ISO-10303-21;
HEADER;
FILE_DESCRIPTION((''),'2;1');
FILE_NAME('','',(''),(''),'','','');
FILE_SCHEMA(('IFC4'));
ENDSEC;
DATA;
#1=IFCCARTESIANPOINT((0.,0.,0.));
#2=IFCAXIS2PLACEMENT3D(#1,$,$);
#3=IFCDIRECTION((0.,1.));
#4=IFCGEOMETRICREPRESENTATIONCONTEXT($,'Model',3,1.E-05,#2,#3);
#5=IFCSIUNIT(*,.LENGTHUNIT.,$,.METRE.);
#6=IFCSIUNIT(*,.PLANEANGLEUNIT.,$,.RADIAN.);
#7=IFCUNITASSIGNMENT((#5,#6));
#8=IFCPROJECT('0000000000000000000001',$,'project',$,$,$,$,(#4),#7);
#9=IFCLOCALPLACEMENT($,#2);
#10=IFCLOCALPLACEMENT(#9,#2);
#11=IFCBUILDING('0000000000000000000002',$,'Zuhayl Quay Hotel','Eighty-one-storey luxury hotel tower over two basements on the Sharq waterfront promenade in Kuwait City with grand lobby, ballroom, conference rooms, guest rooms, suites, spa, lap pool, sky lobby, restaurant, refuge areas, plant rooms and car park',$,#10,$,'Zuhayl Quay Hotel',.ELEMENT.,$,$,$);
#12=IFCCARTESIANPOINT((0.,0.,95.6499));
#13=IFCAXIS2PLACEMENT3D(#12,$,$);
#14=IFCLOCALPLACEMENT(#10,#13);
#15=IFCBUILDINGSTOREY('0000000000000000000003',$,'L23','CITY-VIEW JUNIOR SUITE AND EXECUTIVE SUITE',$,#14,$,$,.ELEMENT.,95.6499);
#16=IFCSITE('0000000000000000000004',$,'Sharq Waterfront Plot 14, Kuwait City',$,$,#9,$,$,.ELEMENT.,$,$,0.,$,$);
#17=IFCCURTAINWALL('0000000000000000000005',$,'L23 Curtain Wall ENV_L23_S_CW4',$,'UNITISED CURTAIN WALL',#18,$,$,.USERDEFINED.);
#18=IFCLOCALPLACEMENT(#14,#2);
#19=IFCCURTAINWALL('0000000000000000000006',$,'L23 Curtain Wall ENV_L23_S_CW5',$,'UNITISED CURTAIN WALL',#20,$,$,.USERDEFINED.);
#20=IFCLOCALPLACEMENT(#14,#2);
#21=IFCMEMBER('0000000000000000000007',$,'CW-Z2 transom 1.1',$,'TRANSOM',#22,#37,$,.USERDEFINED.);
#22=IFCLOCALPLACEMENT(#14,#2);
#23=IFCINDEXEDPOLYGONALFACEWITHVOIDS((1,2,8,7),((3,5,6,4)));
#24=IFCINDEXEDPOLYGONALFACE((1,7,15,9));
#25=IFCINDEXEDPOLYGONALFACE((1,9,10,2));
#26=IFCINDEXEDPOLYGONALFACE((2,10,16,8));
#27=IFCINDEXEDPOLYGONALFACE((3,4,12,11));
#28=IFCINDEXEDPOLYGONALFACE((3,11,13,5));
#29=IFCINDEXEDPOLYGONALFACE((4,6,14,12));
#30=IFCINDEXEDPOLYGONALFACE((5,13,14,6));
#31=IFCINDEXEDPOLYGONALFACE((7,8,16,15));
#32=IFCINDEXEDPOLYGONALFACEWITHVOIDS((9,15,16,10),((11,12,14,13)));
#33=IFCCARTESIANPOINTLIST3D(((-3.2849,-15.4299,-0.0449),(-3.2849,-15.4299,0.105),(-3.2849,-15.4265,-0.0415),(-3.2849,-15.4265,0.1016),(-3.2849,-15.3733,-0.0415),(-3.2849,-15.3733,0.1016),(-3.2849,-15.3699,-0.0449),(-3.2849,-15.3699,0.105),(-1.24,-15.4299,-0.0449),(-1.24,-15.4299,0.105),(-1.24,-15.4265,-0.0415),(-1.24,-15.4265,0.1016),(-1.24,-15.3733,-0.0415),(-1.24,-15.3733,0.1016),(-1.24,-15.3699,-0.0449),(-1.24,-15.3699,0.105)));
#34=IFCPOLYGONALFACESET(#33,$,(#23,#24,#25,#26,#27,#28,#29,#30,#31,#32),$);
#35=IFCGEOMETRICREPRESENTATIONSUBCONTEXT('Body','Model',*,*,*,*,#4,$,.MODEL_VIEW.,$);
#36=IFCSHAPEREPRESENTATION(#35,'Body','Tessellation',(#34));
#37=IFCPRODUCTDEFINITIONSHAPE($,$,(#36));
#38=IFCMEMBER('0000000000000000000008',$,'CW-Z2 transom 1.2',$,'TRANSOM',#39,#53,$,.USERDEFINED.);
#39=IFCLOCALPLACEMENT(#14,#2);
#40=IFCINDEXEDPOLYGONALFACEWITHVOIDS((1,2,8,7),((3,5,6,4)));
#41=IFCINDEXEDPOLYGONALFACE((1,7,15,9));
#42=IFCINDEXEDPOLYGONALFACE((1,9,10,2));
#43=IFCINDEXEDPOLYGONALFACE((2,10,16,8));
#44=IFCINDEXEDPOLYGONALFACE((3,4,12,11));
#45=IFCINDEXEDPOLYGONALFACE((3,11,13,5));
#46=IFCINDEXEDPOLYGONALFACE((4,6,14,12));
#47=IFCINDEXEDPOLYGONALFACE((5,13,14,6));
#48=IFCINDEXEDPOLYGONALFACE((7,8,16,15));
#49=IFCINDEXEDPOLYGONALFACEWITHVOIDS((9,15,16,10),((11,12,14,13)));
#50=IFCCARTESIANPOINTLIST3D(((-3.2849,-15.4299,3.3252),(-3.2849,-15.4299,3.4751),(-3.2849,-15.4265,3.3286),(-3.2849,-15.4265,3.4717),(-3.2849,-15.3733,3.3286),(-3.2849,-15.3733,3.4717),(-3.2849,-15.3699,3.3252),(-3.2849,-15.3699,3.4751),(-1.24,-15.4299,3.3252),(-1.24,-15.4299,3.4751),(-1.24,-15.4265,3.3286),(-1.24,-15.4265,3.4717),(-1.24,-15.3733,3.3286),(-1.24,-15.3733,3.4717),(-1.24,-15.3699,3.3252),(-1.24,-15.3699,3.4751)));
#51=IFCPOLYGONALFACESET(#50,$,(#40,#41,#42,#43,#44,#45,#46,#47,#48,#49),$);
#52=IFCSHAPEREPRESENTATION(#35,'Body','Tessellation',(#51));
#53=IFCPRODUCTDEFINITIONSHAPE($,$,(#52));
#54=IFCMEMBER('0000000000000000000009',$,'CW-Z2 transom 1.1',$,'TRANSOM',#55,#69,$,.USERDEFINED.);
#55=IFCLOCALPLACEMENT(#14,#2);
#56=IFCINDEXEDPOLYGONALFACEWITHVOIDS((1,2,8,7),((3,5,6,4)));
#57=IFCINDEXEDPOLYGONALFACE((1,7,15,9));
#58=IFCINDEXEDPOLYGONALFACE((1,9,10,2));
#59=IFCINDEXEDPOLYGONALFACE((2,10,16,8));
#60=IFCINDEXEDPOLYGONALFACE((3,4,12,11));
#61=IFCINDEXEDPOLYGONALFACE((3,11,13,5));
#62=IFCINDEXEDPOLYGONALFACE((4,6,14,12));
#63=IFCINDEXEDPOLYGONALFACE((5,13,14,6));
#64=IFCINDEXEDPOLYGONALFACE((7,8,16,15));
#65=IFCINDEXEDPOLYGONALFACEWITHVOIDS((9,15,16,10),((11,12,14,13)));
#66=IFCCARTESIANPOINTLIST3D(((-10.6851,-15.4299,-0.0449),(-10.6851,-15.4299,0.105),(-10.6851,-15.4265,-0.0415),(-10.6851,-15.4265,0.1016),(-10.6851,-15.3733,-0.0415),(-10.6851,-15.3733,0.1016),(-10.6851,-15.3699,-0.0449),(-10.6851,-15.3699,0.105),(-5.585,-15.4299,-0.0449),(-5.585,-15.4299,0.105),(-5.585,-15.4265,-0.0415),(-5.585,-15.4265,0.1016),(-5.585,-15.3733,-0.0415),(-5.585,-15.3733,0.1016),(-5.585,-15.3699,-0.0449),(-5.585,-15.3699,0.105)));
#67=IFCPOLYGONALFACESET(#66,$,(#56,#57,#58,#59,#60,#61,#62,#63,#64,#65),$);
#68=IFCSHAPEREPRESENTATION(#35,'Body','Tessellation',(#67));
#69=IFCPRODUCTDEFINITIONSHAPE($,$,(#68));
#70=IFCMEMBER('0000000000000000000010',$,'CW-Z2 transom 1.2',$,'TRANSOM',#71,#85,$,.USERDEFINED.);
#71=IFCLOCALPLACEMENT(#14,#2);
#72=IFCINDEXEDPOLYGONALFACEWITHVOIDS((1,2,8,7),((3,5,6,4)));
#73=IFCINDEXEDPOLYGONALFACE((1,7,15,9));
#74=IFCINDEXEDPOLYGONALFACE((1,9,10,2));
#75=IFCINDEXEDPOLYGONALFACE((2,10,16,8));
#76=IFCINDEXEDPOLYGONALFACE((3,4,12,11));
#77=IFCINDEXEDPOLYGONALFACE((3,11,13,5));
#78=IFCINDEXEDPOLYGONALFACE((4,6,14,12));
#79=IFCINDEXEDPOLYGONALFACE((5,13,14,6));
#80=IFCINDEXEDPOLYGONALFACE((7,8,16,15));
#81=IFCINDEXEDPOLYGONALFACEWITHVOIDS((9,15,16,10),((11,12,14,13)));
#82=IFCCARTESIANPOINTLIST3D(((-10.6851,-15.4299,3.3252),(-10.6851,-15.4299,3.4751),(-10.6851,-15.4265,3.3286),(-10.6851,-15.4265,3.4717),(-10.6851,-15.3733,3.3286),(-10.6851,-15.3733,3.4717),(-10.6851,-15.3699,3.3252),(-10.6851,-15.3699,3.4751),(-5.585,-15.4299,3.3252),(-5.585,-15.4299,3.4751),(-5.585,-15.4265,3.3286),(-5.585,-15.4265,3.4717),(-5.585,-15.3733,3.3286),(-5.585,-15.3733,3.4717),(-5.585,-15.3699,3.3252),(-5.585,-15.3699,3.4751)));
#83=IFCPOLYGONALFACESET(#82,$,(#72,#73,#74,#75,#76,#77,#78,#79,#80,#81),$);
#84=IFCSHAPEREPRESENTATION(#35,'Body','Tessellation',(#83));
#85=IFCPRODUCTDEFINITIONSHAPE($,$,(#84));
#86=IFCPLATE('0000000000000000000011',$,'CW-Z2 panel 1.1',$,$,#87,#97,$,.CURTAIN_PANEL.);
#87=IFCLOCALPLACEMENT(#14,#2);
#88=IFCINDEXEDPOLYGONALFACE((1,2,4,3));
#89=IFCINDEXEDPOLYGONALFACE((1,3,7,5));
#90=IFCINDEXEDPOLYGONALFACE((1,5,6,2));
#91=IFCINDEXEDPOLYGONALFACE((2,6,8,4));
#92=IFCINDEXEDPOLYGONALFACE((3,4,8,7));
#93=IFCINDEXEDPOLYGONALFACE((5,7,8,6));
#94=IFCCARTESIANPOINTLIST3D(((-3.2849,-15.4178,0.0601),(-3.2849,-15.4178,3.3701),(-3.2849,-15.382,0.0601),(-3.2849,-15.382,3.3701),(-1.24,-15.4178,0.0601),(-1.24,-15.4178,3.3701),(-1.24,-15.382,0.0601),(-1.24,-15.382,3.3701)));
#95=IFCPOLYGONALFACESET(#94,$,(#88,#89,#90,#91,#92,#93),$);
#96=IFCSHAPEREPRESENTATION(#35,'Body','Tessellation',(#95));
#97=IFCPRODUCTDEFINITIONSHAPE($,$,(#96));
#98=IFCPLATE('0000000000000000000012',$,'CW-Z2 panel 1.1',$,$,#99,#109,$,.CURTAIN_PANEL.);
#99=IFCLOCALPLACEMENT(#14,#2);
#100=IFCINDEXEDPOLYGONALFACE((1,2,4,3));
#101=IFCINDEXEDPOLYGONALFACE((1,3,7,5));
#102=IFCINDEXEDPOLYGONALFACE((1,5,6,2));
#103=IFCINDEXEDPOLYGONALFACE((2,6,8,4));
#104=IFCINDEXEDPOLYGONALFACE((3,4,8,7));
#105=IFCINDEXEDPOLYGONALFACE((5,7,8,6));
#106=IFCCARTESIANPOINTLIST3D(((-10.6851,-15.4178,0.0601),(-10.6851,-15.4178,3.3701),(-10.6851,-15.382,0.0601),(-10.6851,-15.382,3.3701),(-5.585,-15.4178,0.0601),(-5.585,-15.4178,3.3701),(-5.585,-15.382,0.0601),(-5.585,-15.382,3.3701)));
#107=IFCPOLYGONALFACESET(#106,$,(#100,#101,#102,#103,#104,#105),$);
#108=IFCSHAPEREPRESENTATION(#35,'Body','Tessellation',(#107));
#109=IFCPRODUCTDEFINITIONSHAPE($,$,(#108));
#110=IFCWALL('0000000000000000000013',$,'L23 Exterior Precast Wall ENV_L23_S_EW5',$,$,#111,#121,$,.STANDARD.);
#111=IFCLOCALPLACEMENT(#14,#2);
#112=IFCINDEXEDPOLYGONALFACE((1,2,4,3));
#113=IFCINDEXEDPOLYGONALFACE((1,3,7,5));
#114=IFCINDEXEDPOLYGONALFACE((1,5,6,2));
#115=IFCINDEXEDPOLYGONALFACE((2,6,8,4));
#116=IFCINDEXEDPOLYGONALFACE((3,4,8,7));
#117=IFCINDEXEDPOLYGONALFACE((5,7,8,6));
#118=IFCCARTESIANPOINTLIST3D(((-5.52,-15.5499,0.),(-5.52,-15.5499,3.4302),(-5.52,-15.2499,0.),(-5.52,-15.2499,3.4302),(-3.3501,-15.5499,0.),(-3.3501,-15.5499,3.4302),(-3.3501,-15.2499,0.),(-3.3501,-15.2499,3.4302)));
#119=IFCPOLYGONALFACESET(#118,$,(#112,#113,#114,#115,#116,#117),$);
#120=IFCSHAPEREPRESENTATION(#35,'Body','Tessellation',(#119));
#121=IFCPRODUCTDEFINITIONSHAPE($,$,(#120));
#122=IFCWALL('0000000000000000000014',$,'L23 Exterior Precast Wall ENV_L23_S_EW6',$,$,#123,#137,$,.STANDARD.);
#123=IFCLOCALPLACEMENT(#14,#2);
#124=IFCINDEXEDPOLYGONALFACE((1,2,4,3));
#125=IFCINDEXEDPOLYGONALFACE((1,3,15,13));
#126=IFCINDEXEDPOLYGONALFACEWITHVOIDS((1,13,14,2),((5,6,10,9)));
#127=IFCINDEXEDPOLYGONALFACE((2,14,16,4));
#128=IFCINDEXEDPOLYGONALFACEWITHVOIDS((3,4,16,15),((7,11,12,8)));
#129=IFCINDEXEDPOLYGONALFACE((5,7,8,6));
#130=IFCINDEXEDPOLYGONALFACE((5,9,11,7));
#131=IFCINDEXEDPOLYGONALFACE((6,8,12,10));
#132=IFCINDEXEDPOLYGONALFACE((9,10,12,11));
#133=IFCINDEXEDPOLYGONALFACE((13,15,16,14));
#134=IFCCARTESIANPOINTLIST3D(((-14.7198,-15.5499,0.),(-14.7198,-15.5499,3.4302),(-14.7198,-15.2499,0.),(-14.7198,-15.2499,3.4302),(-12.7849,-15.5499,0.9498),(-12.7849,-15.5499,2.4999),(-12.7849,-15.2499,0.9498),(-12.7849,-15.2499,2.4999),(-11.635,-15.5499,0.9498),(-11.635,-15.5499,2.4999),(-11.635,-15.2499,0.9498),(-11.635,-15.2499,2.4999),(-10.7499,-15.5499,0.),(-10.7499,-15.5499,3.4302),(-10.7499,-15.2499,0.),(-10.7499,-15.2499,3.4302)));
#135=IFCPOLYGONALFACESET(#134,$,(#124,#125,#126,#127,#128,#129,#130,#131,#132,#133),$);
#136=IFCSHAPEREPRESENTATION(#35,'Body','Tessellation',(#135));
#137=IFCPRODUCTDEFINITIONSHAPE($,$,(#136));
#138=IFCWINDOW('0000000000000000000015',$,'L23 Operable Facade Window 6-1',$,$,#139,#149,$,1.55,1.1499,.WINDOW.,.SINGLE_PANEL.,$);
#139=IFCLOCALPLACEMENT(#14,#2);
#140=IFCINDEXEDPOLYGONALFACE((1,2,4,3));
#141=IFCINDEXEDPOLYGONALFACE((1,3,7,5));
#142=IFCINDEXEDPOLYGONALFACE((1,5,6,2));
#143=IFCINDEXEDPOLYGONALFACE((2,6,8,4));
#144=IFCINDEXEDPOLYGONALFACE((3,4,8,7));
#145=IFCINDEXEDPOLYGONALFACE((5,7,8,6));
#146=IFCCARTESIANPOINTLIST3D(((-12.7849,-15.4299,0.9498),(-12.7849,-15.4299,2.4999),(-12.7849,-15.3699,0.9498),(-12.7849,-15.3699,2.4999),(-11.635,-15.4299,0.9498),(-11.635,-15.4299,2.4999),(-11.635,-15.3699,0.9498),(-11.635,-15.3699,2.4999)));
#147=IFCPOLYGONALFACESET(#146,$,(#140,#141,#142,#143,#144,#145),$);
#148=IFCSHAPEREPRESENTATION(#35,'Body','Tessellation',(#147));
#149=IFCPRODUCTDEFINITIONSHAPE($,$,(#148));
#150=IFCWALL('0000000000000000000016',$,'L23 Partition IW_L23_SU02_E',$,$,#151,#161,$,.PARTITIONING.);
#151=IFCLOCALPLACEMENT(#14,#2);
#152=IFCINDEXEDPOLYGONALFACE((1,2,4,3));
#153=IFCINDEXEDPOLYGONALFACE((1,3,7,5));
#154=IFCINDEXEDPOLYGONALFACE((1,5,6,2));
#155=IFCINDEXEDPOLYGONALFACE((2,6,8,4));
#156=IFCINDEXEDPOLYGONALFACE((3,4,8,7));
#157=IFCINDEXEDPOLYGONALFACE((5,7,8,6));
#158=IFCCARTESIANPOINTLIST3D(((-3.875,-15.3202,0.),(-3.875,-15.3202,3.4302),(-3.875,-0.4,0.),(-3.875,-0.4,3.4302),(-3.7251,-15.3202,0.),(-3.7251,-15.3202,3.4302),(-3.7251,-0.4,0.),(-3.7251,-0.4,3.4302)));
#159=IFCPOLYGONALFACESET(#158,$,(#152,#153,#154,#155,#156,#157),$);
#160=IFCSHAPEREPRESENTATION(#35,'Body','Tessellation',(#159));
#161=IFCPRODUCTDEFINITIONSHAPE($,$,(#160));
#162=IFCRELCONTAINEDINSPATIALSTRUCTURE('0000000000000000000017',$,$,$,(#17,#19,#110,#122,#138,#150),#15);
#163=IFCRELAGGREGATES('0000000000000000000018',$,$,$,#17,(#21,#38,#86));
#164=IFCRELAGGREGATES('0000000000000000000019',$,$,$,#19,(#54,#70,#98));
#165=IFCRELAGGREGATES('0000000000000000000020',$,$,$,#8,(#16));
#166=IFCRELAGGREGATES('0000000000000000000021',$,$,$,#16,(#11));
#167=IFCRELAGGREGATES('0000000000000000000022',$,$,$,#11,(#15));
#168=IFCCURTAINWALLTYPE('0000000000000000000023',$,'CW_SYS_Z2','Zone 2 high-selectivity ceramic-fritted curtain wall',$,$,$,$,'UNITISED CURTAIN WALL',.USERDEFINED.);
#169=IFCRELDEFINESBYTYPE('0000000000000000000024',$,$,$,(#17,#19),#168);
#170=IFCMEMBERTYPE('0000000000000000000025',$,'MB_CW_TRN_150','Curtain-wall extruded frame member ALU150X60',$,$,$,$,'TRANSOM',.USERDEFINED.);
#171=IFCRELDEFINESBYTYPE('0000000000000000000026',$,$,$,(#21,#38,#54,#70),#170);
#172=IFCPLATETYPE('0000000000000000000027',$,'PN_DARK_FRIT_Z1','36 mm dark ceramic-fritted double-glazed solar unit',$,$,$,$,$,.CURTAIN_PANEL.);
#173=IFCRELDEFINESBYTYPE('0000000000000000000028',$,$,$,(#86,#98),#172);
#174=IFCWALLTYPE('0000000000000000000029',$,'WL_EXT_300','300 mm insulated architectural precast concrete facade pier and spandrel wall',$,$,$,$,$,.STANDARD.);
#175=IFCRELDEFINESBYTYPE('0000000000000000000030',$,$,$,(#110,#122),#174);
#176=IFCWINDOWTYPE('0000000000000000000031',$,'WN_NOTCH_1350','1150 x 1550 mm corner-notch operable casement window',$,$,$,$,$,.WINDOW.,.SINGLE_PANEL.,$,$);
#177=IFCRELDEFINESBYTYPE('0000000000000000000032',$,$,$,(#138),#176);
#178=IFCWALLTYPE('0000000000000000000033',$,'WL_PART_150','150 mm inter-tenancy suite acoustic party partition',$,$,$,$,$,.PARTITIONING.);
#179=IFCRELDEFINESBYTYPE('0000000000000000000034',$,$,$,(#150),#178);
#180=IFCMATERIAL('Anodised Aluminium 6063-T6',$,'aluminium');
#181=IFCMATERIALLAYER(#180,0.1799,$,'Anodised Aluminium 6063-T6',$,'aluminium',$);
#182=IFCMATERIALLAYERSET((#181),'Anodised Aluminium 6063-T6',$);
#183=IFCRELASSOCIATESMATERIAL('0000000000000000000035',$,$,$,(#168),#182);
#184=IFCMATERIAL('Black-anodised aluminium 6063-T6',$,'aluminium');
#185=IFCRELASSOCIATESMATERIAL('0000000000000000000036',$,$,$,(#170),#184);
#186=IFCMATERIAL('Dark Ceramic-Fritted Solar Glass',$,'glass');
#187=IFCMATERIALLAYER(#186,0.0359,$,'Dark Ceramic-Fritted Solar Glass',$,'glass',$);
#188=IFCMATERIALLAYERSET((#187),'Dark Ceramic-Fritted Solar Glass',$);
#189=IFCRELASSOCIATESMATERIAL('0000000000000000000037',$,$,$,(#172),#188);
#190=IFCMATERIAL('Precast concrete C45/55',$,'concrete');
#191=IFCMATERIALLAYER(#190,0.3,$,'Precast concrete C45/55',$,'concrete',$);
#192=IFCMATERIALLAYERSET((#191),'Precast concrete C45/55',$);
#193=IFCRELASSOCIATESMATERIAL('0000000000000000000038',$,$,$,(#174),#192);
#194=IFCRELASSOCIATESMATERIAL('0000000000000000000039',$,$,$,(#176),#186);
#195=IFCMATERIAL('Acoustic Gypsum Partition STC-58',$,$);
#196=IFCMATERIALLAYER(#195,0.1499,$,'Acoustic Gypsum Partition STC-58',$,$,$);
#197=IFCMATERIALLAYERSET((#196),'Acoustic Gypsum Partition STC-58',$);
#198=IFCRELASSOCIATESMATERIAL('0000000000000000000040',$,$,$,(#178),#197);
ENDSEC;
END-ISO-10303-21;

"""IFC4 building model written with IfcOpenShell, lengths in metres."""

from ifc_helpers import new_model, si_unit, direction, frame, frame_2d, origin, origin_2d, place, context, subcontext, project, spatial, rectangle, hollow_rectangle, extrude, material, layer, layer_set, material_profile, profile_set, type_object, element, fill, aggregate, save


model = new_model("IFC4")

# Units and contexts
model_context = context("Model", 3, precision=1e-05, world=origin(), true_north=direction((0.0, 1.0)))
body_context = subcontext(model_context, "Body", "Model", "MODEL_VIEW")
ifc_project = project(units=[si_unit("LENGTHUNIT", "METRE"), si_unit("PLANEANGLEUNIT", "RADIAN")], contexts=[model_context])

# Site, building, storey
site_placement = place(None, origin())
site = spatial("IfcSite", under=ifc_project, at=site_placement, Name="Sharq Waterfront Plot 14, Kuwait City", CompositionType="ELEMENT", RefElevation=0.0)
building_placement = place(site_placement, origin())
building = spatial("IfcBuilding", under=site, at=building_placement, Name="Zuhayl Quay Hotel", Description="Eighty-one-storey luxury hotel tower over two basements on the Sharq waterfront promenade in Kuwait City with grand lobby, ballroom, conference rooms, guest rooms, suites, spa, lap pool, sky lobby, restaurant, refuge areas, plant rooms and car park", LongName="Zuhayl Quay Hotel", CompositionType="ELEMENT")
storey_placement = place(building_placement, frame((0.0, 0.0, 95.6499)))
storey = spatial("IfcBuildingStorey", under=building, at=storey_placement, Name="L23", Description="CITY-VIEW JUNIOR SUITE AND EXECUTIVE SUITE", CompositionType="ELEMENT", Elevation=95.6499)

# Curtain walls
ifc_material_1 = material(Name="Anodised Aluminium 6063-T6", Category="aluminium")
ifc_layer_1 = layer(ifc_material_1, 0.1799, Name="Anodised Aluminium 6063-T6", Category="aluminium")
ifc_layer_set_1 = layer_set([ifc_layer_1], Name="Anodised Aluminium 6063-T6")
curtain_wall_type = type_object("IfcCurtainWallType", Name="CW_SYS_Z2", Description="Zone 2 high-selectivity ceramic-fritted curtain wall", ElementType="UNITISED CURTAIN WALL", PredefinedType="USERDEFINED", material=ifc_layer_set_1)
curtain_wall_1_placement = place(storey_placement, origin())
curtain_wall_1 = element("IfcCurtainWall", 1, at=curtain_wall_1_placement, inside=storey, type_object=curtain_wall_type, Name="L23 Curtain Wall ENV_L23_S_CW4", ObjectType="UNITISED CURTAIN WALL", PredefinedType="USERDEFINED")
ifc_material_2 = material(Name="Black-anodised aluminium 6063-T6", Category="aluminium")
curtain_wall_2_placement = place(storey_placement, origin())
curtain_wall_2 = element("IfcCurtainWall", 2, at=curtain_wall_2_placement, inside=storey, type_object=curtain_wall_type, Name="L23 Curtain Wall ENV_L23_S_CW5", ObjectType="UNITISED CURTAIN WALL", PredefinedType="USERDEFINED")

# Members
ifc_material_profile_1 = material_profile(ifc_material_2, hollow_rectangle(XDim=0.0601, YDim=0.1499, WallThickness=0.0034, at=origin_2d()), Name="ALU150X60")
ifc_profile_set_1 = profile_set([ifc_material_profile_1], Name="Black-anodised aluminium 6063-T6")
member_type_1 = type_object("IfcMemberType", Name="MB_CW_TRN_150", Description="Curtain-wall extruded frame member ALU150X60", ElementType="TRANSOM", PredefinedType="USERDEFINED", material=ifc_profile_set_1)
member_1_placement = place(storey_placement, frame((-1.24, -15.3999, 0.03), z_axis=(-1.0, 0.0, 0.0), x_axis=(0.0, -1.0, 0.0)))
member_1 = element("IfcMember", 3, at=member_1_placement, type_object=member_type_1, Name="CW-Z2 transom 1.1", ObjectType="TRANSOM", PredefinedType="USERDEFINED", context=body_context, shape_type="SweptSolid", body=[
    extrude(hollow_rectangle(XDim=0.0601, YDim=0.1499, WallThickness=0.0034, at=origin_2d()), origin(), (0.0, 0.0, 1.0), 2.0449),
])
member_2_placement = place(storey_placement, frame((-1.24, -15.3999, 3.4001), z_axis=(-1.0, 0.0, 0.0), x_axis=(0.0, -1.0, 0.0)))
member_2 = element("IfcMember", 4, at=member_2_placement, type_object=member_type_1, Name="CW-Z2 transom 1.2", ObjectType="TRANSOM", PredefinedType="USERDEFINED", context=body_context, shape_type="SweptSolid", body=[
    extrude(hollow_rectangle(XDim=0.0601, YDim=0.1499, WallThickness=0.0034, at=origin_2d()), origin(), (0.0, 0.0, 1.0), 2.0449),
])
member_3_placement = place(storey_placement, frame((-5.585, -15.3999, 0.03), z_axis=(-1.0, 0.0, 0.0), x_axis=(0.0, -1.0, 0.0)))
member_3 = element("IfcMember", 5, at=member_3_placement, type_object=member_type_1, Name="CW-Z2 transom 1.1", ObjectType="TRANSOM", PredefinedType="USERDEFINED", context=body_context, shape_type="SweptSolid", body=[
    extrude(hollow_rectangle(XDim=0.0601, YDim=0.1499, WallThickness=0.0034, at=origin_2d()), origin(), (0.0, 0.0, 1.0), 5.1001),
])
member_4_placement = place(storey_placement, frame((-5.585, -15.3999, 3.4001), z_axis=(-1.0, 0.0, 0.0), x_axis=(0.0, -1.0, 0.0)))
member_4 = element("IfcMember", 6, at=member_4_placement, type_object=member_type_1, Name="CW-Z2 transom 1.2", ObjectType="TRANSOM", PredefinedType="USERDEFINED", context=body_context, shape_type="SweptSolid", body=[
    extrude(hollow_rectangle(XDim=0.0601, YDim=0.1499, WallThickness=0.0034, at=origin_2d()), origin(), (0.0, 0.0, 1.0), 5.1001),
])

# Plates
ifc_material_3 = material(Name="Dark Ceramic-Fritted Solar Glass", Category="glass")
ifc_layer_2 = layer(ifc_material_3, 0.0359, Name="Dark Ceramic-Fritted Solar Glass", Category="glass")
ifc_layer_set_2 = layer_set([ifc_layer_2], Name="Dark Ceramic-Fritted Solar Glass")
plate_type = type_object("IfcPlateType", Name="PN_DARK_FRIT_Z1", Description="36 mm dark ceramic-fritted double-glazed solar unit", PredefinedType="CURTAIN_PANEL", material=ifc_layer_set_2)
plate_1_placement = place(storey_placement, frame((-2.2625, -15.3999, 0.0601), z_axis=(0.0, 0.0, 1.0), x_axis=(-1.0, 0.0, 0.0)))
plate_1 = element("IfcPlate", 7, at=plate_1_placement, type_object=plate_type, Name="CW-Z2 panel 1.1", PredefinedType="CURTAIN_PANEL", context=body_context, shape_type="SweptSolid", body=[
    extrude(rectangle(XDim=2.0449, YDim=0.0359, at=origin_2d()), origin(), (0.0, 0.0, 1.0), 3.3101),
])
aggregate(curtain_wall_1, [member_1, member_2, plate_1])
plate_2_placement = place(storey_placement, frame((-8.135, -15.3999, 0.0601), z_axis=(0.0, 0.0, 1.0), x_axis=(-1.0, 0.0, 0.0)))
plate_2 = element("IfcPlate", 8, at=plate_2_placement, type_object=plate_type, Name="CW-Z2 panel 1.1", PredefinedType="CURTAIN_PANEL", context=body_context, shape_type="SweptSolid", body=[
    extrude(rectangle(XDim=5.1001, YDim=0.0359, at=origin_2d()), origin(), (0.0, 0.0, 1.0), 3.3101),
])
aggregate(curtain_wall_2, [member_3, member_4, plate_2])

# Wall
ifc_material_4 = material(Name="Precast concrete C45/55", Category="concrete")
ifc_layer_3 = layer(ifc_material_4, 0.3, Name="Precast concrete C45/55", Category="concrete")
ifc_layer_set_3 = layer_set([ifc_layer_3], Name="Precast concrete C45/55")
wall_type_1 = type_object("IfcWallType", Name="WL_EXT_300", Description="300 mm insulated architectural precast concrete facade pier and spandrel wall", PredefinedType="STANDARD", material=ifc_layer_set_3)
wall_1_placement = place(storey_placement, frame((-3.3501, -15.3999, 0.0), z_axis=(0.0, 0.0, 1.0), x_axis=(-1.0, 0.0, 0.0)))
element("IfcWall", 9, at=wall_1_placement, inside=storey, type_object=wall_type_1, Name="L23 Exterior Precast Wall ENV_L23_S_EW5", PredefinedType="STANDARD", context=body_context, shape_type="SweptSolid", body=[
    extrude(rectangle(XDim=2.1699, YDim=0.3, at=frame_2d((1.085, 0.0))), origin(), (0.0, 0.0, 1.0), 3.4302),
])

# Wall, opening, window
wall_2_placement = place(storey_placement, frame((-10.75, -15.3999, 0.0), z_axis=(0.0, 0.0, 1.0), x_axis=(-1.0, 0.0, 0.0)))
wall_2 = element("IfcWall", 10, at=wall_2_placement, inside=storey, type_object=wall_type_1, Name="L23 Exterior Precast Wall ENV_L23_S_EW6", PredefinedType="STANDARD", context=body_context, shape_type="SweptSolid", body=[
    extrude(rectangle(XDim=3.97, YDim=0.3, at=frame_2d((1.9849, 0.0))), origin(), (0.0, 0.0, 1.0), 3.4302),
])
opening_1_placement = place(wall_2_placement, frame((0.885, 0.0, 0.95)))
opening_1 = element("IfcOpeningElement", 11, at=opening_1_placement, cuts=wall_2, PredefinedType="OPENING", context=body_context, shape_type="SweptSolid", body=[
    extrude(rectangle(XDim=1.1499, YDim=1.55, at=frame_2d((0.575, 0.7749))), frame((0.0, 0.1599, 0.0), z_axis=(0.0, -1.0, 0.0), x_axis=(1.0, 0.0, 0.0)), (0.0, 0.0, 1.0), 0.3201),
])
window_type = type_object("IfcWindowType", Name="WN_NOTCH_1350", Description="1150 x 1550 mm corner-notch operable casement window", PartitioningType="SINGLE_PANEL", PredefinedType="WINDOW", material=ifc_material_3)
window_placement = place(opening_1_placement, origin())
window = element("IfcWindow", 12, at=window_placement, inside=storey, type_object=window_type, Name="L23 Operable Facade Window 6-1", OverallHeight=1.55, OverallWidth=1.1499, PartitioningType="SINGLE_PANEL", PredefinedType="WINDOW", context=body_context, shape_type="SweptSolid", body=[
    extrude(rectangle(XDim=1.1499, YDim=1.55, at=frame_2d((0.575, 0.7749))), frame((0.0, 0.03, 0.0), z_axis=(0.0, -1.0, 0.0), x_axis=(1.0, 0.0, 0.0)), (0.0, 0.0, 1.0), 0.0601),
])
fill(opening_1, window)

# Wall
ifc_material_5 = material(Name="Acoustic Gypsum Partition STC-58")
ifc_layer_4 = layer(ifc_material_5, 0.1499, Name="Acoustic Gypsum Partition STC-58")
ifc_layer_set_4 = layer_set([ifc_layer_4], Name="Acoustic Gypsum Partition STC-58")
wall_type_2 = type_object("IfcWallType", Name="WL_PART_150", Description="150 mm inter-tenancy suite acoustic party partition", PredefinedType="PARTITIONING", material=ifc_layer_set_4)
wall_3_placement = place(storey_placement, frame((-3.8, -15.3201, 0.0), z_axis=(0.0, 0.0, 1.0), x_axis=(0.0, 1.0, 0.0)))
element("IfcWall", 13, at=wall_3_placement, inside=storey, type_object=wall_type_2, Name="L23 Partition IW_L23_SU02_E", PredefinedType="PARTITIONING", context=body_context, shape_type="SweptSolid", body=[
    extrude(rectangle(XDim=14.9202, YDim=0.1499, at=frame_2d((7.46, 0.0))), origin(), (0.0, 0.0, 1.0), 3.4302),
])

save(model, "model.ifc")
